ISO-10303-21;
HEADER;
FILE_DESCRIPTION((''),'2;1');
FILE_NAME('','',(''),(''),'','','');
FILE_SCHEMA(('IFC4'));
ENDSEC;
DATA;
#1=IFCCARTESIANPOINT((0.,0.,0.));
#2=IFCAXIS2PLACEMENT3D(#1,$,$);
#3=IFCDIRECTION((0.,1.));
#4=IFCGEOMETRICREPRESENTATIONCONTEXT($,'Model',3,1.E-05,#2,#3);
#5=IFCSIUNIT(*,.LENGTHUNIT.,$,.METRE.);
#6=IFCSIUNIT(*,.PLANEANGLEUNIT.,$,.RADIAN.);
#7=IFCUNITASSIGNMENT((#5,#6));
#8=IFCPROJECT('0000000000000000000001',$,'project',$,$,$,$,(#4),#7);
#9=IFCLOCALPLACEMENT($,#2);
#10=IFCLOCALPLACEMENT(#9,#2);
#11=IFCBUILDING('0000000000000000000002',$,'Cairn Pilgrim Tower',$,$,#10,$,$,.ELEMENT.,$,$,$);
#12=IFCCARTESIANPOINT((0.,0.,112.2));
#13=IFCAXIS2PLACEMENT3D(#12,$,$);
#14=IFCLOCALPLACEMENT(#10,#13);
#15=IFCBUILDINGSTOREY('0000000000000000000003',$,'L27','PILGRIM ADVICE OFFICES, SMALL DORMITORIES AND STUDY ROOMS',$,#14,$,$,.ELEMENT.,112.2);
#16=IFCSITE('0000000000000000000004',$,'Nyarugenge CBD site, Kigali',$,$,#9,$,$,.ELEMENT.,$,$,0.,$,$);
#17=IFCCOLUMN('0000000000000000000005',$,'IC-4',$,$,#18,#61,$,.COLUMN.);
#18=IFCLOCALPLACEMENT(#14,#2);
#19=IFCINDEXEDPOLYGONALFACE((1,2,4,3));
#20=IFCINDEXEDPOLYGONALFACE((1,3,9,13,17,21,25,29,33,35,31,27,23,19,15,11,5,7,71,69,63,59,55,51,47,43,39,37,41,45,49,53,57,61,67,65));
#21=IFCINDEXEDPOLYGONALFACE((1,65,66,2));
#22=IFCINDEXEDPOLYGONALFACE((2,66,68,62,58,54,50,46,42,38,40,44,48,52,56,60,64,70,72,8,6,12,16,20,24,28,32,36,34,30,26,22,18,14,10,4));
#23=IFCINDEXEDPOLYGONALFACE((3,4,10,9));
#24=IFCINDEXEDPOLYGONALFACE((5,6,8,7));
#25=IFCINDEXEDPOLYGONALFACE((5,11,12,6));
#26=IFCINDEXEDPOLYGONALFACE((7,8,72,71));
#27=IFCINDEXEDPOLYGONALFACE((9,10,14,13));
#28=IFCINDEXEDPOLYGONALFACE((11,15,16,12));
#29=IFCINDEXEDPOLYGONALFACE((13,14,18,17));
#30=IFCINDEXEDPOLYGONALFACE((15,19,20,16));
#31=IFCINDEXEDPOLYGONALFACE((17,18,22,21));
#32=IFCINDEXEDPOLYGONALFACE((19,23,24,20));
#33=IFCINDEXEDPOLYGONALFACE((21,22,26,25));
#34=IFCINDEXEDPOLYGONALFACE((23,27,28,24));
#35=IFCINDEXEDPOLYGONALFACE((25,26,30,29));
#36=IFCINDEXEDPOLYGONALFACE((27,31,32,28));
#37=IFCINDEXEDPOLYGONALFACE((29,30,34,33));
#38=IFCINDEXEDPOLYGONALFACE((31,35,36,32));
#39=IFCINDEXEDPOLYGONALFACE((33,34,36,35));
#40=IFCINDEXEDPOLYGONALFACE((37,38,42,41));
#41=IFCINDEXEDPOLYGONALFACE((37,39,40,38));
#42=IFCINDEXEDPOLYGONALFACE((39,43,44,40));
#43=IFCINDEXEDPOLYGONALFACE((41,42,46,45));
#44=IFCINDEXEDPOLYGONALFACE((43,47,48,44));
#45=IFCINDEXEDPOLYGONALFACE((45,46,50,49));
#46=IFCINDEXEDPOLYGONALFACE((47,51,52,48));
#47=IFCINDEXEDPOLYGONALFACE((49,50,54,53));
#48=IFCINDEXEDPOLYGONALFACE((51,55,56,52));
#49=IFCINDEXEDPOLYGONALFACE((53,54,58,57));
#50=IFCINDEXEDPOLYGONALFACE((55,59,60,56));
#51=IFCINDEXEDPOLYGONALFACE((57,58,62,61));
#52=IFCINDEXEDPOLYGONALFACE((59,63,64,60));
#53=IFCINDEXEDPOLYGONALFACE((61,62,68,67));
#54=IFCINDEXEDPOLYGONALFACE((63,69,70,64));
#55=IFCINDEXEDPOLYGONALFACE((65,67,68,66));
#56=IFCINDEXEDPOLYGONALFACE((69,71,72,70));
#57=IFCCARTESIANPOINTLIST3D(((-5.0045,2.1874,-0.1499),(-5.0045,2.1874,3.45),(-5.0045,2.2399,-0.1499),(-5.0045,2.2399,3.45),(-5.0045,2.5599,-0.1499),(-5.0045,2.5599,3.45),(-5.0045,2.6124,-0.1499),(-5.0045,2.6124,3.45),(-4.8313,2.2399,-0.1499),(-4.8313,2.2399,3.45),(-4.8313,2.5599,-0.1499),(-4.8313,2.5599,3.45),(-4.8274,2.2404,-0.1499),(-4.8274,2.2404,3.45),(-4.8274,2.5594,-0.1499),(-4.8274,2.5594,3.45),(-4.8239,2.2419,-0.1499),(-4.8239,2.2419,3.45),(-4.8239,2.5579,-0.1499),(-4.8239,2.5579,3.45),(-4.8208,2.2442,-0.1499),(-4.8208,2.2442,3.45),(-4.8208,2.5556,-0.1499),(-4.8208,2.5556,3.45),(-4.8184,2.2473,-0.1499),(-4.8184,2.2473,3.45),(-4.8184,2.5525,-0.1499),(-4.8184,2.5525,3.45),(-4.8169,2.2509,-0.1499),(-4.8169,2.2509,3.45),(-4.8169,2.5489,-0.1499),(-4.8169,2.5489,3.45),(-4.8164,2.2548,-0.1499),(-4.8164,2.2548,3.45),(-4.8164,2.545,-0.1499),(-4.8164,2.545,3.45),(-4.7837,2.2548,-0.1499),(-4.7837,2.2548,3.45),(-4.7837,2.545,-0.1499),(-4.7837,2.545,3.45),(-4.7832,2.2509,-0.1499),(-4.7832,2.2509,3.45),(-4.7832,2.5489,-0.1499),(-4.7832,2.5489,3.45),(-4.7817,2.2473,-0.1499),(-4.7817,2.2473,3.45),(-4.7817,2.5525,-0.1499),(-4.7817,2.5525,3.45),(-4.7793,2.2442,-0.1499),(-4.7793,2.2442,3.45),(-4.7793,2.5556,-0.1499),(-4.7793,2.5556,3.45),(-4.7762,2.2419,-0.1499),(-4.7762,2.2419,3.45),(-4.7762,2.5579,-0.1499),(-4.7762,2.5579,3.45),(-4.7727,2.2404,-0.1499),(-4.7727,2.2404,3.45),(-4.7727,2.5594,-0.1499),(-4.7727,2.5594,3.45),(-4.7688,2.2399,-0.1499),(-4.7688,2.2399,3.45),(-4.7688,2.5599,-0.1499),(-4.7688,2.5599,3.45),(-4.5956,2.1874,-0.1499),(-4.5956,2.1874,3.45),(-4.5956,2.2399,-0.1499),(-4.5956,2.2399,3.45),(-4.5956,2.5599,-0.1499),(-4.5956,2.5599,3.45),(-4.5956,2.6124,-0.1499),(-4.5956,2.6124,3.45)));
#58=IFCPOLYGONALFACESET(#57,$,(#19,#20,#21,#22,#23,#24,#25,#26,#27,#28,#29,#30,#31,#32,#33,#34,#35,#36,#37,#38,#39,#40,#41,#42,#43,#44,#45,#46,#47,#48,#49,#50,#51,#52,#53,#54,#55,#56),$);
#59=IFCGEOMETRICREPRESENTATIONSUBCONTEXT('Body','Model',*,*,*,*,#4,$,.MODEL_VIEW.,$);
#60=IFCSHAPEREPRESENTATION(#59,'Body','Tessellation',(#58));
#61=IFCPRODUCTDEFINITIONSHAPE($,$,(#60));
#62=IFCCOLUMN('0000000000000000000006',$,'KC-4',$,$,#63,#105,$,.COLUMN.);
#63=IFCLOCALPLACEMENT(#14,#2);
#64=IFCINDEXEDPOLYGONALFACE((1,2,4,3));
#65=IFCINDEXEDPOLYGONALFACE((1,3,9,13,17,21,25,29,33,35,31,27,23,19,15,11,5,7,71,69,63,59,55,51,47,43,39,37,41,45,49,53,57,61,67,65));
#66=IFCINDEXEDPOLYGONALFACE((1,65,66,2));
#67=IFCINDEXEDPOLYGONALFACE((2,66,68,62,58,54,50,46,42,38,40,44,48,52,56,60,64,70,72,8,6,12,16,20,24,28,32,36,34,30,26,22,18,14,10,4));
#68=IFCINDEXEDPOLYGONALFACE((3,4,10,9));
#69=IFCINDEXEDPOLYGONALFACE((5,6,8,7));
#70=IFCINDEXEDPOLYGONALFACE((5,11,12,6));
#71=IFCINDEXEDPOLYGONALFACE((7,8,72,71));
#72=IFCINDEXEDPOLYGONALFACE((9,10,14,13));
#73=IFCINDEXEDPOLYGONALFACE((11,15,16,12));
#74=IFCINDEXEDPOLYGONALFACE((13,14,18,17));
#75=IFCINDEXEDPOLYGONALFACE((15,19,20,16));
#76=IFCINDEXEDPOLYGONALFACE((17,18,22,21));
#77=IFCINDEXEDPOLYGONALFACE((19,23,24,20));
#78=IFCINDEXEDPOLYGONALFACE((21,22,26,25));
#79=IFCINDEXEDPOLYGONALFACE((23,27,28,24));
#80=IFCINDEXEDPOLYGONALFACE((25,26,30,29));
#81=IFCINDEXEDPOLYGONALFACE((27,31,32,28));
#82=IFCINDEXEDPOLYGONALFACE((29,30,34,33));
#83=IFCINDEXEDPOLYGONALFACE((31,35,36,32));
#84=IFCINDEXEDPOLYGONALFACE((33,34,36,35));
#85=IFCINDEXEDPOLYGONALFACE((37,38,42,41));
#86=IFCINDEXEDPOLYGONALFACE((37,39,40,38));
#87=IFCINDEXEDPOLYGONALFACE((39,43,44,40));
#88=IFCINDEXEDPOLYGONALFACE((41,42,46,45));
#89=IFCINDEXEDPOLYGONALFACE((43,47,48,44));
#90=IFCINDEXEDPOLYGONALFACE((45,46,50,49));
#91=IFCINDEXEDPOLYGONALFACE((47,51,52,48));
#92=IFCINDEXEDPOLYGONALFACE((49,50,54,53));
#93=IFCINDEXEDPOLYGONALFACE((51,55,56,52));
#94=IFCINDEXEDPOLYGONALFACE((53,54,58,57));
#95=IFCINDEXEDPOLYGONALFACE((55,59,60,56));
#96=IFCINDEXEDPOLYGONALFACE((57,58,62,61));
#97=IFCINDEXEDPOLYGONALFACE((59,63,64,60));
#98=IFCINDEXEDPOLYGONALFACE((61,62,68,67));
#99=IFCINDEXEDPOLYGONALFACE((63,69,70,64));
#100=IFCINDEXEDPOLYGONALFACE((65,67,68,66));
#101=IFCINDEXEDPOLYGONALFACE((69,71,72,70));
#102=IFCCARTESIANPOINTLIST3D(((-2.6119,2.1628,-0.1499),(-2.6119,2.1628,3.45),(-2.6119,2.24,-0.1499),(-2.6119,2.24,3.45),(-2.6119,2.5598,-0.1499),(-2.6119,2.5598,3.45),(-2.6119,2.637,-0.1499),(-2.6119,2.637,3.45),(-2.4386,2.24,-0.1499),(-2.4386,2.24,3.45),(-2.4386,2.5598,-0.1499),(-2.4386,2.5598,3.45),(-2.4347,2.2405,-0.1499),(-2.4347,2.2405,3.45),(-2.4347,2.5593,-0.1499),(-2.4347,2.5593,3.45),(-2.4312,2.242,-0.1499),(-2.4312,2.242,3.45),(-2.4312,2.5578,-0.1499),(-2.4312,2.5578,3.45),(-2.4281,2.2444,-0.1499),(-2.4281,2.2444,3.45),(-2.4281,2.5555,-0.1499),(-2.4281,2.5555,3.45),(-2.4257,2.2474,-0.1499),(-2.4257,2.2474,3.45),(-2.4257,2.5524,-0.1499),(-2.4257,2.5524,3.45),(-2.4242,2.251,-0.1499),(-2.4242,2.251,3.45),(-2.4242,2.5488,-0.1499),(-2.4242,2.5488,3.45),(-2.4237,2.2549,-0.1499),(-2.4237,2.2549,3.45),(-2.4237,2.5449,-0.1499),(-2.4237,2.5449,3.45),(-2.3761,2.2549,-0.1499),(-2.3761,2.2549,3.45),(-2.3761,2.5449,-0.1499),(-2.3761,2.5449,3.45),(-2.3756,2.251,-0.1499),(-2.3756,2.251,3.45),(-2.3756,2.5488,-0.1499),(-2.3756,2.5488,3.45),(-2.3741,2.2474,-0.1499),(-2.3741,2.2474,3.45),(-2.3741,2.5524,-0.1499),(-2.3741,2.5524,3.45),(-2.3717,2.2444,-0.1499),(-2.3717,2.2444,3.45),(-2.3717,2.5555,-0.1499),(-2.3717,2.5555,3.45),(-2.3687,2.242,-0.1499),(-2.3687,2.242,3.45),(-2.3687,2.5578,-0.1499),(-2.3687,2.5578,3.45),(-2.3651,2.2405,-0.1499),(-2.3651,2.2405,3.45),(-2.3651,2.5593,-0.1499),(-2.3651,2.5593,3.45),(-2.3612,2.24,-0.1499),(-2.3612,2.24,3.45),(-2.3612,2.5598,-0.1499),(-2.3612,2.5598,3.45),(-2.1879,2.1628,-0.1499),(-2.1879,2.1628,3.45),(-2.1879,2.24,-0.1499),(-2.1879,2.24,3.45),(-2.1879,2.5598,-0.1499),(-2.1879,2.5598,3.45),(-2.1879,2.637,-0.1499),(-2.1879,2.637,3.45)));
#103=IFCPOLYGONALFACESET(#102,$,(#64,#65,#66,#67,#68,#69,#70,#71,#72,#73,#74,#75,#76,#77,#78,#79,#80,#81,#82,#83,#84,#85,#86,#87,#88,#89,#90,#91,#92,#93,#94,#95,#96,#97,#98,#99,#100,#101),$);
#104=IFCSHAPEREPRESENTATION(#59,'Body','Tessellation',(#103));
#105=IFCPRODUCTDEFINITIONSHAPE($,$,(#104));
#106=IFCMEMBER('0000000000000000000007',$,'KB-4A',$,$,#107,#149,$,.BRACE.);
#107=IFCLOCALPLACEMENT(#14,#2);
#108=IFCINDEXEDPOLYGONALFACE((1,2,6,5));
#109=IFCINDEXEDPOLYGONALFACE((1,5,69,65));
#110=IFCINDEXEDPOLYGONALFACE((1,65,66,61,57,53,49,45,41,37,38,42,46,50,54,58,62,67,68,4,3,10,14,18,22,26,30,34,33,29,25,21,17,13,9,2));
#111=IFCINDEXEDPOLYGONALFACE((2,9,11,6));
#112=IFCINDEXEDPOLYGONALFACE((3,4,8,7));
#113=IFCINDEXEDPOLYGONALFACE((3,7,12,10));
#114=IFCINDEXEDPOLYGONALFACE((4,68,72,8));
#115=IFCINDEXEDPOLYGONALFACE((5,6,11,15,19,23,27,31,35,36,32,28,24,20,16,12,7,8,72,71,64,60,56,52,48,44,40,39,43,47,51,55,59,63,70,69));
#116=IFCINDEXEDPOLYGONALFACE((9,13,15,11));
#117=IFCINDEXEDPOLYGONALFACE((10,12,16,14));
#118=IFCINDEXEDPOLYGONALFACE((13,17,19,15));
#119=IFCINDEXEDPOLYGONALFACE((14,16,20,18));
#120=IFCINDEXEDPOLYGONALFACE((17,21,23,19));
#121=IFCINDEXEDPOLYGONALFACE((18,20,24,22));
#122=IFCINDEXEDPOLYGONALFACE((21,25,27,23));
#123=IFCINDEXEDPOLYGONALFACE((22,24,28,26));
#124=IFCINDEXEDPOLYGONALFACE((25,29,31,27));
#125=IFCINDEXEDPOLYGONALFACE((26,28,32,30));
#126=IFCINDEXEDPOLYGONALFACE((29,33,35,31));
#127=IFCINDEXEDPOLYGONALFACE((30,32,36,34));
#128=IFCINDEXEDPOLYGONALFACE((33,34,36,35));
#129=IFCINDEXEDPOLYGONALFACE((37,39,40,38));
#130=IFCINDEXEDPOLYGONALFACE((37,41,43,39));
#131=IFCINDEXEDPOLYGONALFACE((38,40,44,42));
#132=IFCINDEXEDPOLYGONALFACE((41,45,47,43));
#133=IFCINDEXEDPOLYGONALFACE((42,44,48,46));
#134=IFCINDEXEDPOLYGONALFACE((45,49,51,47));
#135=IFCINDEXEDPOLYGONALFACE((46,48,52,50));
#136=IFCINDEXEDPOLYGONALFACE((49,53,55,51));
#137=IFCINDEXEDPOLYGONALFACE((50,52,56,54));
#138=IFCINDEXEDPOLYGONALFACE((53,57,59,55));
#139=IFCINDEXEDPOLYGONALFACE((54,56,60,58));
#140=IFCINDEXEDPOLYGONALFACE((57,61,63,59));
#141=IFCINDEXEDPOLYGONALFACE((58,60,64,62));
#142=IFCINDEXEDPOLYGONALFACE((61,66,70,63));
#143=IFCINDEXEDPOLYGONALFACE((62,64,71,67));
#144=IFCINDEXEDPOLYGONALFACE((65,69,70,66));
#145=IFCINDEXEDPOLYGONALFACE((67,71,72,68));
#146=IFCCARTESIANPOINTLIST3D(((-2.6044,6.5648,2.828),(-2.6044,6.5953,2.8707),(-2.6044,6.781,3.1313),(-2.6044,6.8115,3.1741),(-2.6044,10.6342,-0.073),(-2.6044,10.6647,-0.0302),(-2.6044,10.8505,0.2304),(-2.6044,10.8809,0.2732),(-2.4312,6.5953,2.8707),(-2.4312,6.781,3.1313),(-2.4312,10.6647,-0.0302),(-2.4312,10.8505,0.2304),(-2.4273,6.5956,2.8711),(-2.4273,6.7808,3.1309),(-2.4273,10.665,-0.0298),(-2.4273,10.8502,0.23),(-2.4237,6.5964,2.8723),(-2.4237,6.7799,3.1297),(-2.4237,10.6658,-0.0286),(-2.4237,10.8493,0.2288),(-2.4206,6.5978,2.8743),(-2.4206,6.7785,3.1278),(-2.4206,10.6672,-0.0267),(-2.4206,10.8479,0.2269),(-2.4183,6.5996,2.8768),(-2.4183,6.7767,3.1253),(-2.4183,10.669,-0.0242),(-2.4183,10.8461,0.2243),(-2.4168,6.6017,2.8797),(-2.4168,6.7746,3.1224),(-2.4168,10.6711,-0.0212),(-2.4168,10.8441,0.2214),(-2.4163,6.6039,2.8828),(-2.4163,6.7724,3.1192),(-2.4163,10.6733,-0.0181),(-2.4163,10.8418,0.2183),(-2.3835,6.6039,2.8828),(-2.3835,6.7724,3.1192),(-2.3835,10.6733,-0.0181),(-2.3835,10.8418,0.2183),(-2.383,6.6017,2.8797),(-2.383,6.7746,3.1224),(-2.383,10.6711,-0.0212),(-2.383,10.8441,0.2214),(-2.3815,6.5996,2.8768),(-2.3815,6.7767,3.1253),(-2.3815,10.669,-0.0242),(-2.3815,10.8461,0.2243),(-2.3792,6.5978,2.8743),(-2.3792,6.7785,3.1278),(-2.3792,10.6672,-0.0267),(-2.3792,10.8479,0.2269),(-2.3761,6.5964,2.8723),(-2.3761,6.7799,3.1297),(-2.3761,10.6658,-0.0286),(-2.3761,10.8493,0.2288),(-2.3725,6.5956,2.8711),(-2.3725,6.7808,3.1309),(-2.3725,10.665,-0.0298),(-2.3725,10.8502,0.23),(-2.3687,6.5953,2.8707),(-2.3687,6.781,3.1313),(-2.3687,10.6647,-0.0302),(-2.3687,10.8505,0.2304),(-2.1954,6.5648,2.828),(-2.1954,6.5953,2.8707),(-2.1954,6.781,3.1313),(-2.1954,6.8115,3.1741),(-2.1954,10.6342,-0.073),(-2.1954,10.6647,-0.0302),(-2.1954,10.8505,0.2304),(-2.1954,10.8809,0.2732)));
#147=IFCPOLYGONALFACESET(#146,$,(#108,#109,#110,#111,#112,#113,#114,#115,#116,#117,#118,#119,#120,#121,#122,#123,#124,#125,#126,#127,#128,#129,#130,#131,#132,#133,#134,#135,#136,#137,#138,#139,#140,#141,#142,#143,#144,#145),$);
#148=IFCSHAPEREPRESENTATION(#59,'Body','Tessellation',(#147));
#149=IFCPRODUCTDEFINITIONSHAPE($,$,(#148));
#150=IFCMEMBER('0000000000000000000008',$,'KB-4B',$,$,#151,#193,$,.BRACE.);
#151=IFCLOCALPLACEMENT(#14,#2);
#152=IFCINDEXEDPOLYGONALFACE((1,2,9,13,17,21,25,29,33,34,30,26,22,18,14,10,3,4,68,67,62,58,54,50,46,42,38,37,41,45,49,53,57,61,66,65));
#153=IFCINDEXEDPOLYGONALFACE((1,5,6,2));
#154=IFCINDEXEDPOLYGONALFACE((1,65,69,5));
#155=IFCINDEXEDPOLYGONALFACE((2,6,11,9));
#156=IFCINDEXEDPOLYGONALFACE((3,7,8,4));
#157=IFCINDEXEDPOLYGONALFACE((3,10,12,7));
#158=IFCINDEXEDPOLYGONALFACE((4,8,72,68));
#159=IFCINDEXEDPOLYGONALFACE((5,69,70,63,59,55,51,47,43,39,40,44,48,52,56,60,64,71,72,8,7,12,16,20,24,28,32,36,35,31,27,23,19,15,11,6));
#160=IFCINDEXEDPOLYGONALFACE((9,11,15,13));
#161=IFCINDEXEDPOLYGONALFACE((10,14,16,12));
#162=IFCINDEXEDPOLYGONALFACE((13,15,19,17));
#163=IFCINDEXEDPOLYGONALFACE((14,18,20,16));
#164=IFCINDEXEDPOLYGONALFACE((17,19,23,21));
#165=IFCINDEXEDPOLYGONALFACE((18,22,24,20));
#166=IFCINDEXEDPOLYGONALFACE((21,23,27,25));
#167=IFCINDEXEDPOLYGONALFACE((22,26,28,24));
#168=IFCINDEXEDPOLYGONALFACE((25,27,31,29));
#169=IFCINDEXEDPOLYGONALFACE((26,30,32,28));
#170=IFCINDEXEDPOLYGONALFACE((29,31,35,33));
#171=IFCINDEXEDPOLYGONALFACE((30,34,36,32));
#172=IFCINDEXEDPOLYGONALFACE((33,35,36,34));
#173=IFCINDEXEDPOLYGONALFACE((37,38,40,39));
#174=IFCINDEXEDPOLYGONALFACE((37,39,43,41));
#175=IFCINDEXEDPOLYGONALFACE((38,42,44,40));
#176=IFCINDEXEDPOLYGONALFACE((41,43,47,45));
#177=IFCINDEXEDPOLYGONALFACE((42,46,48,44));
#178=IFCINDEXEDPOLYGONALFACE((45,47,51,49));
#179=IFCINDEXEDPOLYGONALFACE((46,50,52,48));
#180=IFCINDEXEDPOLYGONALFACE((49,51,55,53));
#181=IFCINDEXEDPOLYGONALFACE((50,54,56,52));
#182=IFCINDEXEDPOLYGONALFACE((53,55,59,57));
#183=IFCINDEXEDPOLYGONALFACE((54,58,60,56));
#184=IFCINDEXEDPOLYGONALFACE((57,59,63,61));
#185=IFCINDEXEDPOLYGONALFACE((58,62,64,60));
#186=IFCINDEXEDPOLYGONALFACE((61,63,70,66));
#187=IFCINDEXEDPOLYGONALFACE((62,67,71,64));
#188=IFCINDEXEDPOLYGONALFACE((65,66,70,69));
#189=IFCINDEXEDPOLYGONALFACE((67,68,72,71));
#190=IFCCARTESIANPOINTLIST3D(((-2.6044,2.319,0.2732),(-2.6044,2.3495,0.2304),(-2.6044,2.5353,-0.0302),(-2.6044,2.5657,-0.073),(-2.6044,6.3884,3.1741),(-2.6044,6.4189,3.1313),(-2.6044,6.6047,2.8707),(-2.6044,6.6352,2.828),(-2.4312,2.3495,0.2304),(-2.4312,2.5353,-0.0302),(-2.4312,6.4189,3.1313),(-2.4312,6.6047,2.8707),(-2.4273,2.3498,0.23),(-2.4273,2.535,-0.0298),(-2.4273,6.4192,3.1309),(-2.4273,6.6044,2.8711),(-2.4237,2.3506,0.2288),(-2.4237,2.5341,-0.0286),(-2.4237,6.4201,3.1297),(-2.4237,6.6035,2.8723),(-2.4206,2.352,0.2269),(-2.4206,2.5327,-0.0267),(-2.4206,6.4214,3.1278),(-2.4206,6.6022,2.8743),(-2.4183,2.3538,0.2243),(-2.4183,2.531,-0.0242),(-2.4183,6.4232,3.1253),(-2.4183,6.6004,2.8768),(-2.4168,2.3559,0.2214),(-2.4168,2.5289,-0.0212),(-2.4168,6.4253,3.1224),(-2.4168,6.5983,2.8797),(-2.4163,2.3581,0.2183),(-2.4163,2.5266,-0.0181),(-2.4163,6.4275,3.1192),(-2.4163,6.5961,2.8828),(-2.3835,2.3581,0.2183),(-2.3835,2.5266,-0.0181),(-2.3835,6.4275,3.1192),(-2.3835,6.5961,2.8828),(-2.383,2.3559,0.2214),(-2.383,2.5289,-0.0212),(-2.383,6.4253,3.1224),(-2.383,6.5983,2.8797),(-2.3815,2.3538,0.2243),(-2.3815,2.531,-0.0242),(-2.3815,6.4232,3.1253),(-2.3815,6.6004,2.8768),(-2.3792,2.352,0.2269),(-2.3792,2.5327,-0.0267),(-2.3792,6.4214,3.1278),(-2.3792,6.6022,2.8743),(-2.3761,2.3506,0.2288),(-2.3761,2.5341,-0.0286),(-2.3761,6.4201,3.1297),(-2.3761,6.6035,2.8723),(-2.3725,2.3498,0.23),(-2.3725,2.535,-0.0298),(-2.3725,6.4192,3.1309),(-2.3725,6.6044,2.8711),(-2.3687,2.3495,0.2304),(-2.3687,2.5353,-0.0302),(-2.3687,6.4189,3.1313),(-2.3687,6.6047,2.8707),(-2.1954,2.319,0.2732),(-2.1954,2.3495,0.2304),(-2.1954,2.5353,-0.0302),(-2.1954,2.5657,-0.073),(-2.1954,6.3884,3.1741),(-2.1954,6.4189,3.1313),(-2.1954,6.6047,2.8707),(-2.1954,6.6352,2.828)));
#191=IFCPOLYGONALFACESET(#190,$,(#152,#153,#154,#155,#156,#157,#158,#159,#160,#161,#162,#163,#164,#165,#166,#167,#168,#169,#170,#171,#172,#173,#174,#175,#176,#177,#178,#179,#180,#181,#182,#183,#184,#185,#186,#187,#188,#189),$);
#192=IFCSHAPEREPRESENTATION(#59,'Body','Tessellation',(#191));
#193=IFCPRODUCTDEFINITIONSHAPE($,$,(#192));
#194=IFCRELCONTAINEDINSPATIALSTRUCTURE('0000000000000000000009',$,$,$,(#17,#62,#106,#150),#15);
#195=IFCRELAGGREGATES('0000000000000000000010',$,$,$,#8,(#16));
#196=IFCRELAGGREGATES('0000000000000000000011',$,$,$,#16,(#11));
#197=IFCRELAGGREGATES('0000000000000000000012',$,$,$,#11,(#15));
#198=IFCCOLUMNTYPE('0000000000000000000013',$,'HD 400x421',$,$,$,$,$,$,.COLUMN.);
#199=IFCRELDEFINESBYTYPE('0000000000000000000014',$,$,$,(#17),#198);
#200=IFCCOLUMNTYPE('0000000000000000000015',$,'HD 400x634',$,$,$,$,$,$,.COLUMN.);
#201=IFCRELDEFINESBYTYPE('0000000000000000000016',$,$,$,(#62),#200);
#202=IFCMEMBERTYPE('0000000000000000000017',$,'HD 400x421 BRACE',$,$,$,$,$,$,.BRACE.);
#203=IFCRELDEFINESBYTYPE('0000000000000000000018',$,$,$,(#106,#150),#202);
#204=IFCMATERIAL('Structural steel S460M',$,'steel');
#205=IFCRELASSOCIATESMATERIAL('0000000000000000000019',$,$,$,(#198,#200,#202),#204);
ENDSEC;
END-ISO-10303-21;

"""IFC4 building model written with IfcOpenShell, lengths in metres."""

from ifc_helpers import new_model, si_unit, direction, frame, origin, origin_2d, place, context, subcontext, project, spatial, i_section, extrude, material, material_profile, profile_set, type_object, element, save


model = new_model("IFC4")

# Units and contexts
model_context = context("Model", 3, precision=1e-05, world=origin(), true_north=direction((0.0, 1.0)))
body_context = subcontext(model_context, "Body", "Model", "MODEL_VIEW")
ifc_project = project(units=[si_unit("LENGTHUNIT", "METRE"), si_unit("PLANEANGLEUNIT", "RADIAN")], contexts=[model_context])

# Site, building, storey
site_placement = place(None, origin())
site = spatial("IfcSite", under=ifc_project, at=site_placement, Name="Nyarugenge CBD site, Kigali", CompositionType="ELEMENT", RefElevation=0.0)
building_placement = place(site_placement, origin())
building = spatial("IfcBuilding", under=site, at=building_placement, Name="Cairn Pilgrim Tower", CompositionType="ELEMENT")
storey_placement = place(building_placement, frame((0.0, 0.0, 112.2)))
storey = spatial("IfcBuildingStorey", under=building, at=storey_placement, Name="L27", Description="PILGRIM ADVICE OFFICES, SMALL DORMITORIES AND STUDY ROOMS", CompositionType="ELEMENT", Elevation=112.2)

# Columns
ifc_material_1 = material(Name="Structural steel S460M", Category="steel")
ifc_material_profile_1 = material_profile(ifc_material_1, i_section(OverallWidth=0.4089, OverallDepth=0.425, WebThickness=0.0327, FlangeThickness=0.0525, FilletRadius=0.0149, at=origin_2d()), Name="HD 400x421")
ifc_profile_set_1 = profile_set([ifc_material_profile_1], Name="Structural steel S460M")
column_type_1 = type_object("IfcColumnType", Name="HD 400x421", PredefinedType="COLUMN", material=ifc_profile_set_1)
column_1_placement = place(storey_placement, frame((-4.8, 2.3999, -0.1499), z_axis=(0.0, 0.0, 1.0), x_axis=(1.0, 0.0, 0.0)))
element("IfcColumn", 1, at=column_1_placement, inside=storey, type_object=column_type_1, Name="IC-4", PredefinedType="COLUMN", context=body_context, shape_type="SweptSolid", body=[
    extrude(i_section(OverallWidth=0.4089, OverallDepth=0.425, WebThickness=0.0327, FlangeThickness=0.0525, FilletRadius=0.0149, at=origin_2d()), origin(), (0.0, 0.0, 1.0), 3.5999),
])
ifc_material_profile_2 = material_profile(ifc_material_1, i_section(OverallWidth=0.4241, OverallDepth=0.4741, WebThickness=0.0476, FlangeThickness=0.0771, FilletRadius=0.0149, at=origin_2d()), Name="HD 400x634")
ifc_profile_set_2 = profile_set([ifc_material_profile_2], Name="Structural steel S460M")
column_type_2 = type_object("IfcColumnType", Name="HD 400x634", PredefinedType="COLUMN", material=ifc_profile_set_2)
column_2_placement = place(storey_placement, frame((-2.3999, 2.3999, -0.1499), z_axis=(0.0, 0.0, 1.0), x_axis=(1.0, 0.0, 0.0)))
element("IfcColumn", 2, at=column_2_placement, inside=storey, type_object=column_type_2, Name="KC-4", PredefinedType="COLUMN", context=body_context, shape_type="SweptSolid", body=[
    extrude(i_section(OverallWidth=0.4241, OverallDepth=0.4741, WebThickness=0.0476, FlangeThickness=0.0771, FilletRadius=0.0149, at=origin_2d()), origin(), (0.0, 0.0, 1.0), 3.5999),
])

# Members
ifc_material_profile_3 = material_profile(ifc_material_1, i_section(OverallWidth=0.4089, OverallDepth=0.425, WebThickness=0.0327, FlangeThickness=0.0525, FilletRadius=0.0149, at=origin_2d()), Name="HD 400x421")
ifc_profile_set_3 = profile_set([ifc_material_profile_3], Name="Structural steel S460M")
member_type = type_object("IfcMemberType", Name="HD 400x421 BRACE", PredefinedType="BRACE", material=ifc_profile_set_3)
for number, where, z_axis, x_axis, name in (
    (3, (-2.3999, 10.7576, 0.1001), (0.0, -0.814281, 0.580471), (1.0, 0.0, 0.0), "KB-4A"),
    (4, (-2.3999, 2.4424, 0.1001), (0.0, 0.814281, 0.580471), (-1.0, 0.0, 0.0), "KB-4B"),
):
    element("IfcMember", number, at=place(storey_placement, frame(where, z_axis=z_axis, x_axis=x_axis)), inside=storey, type_object=member_type, Name=name, PredefinedType="BRACE", context=body_context, shape_type="SweptSolid", body=[
        extrude(i_section(OverallWidth=0.4089, OverallDepth=0.425, WebThickness=0.0327, FlangeThickness=0.0525, FilletRadius=0.0149, at=origin_2d()), origin(), (0.0, 0.0, 1.0), 4.9976),
    ])

save(model, "model.ifc")
